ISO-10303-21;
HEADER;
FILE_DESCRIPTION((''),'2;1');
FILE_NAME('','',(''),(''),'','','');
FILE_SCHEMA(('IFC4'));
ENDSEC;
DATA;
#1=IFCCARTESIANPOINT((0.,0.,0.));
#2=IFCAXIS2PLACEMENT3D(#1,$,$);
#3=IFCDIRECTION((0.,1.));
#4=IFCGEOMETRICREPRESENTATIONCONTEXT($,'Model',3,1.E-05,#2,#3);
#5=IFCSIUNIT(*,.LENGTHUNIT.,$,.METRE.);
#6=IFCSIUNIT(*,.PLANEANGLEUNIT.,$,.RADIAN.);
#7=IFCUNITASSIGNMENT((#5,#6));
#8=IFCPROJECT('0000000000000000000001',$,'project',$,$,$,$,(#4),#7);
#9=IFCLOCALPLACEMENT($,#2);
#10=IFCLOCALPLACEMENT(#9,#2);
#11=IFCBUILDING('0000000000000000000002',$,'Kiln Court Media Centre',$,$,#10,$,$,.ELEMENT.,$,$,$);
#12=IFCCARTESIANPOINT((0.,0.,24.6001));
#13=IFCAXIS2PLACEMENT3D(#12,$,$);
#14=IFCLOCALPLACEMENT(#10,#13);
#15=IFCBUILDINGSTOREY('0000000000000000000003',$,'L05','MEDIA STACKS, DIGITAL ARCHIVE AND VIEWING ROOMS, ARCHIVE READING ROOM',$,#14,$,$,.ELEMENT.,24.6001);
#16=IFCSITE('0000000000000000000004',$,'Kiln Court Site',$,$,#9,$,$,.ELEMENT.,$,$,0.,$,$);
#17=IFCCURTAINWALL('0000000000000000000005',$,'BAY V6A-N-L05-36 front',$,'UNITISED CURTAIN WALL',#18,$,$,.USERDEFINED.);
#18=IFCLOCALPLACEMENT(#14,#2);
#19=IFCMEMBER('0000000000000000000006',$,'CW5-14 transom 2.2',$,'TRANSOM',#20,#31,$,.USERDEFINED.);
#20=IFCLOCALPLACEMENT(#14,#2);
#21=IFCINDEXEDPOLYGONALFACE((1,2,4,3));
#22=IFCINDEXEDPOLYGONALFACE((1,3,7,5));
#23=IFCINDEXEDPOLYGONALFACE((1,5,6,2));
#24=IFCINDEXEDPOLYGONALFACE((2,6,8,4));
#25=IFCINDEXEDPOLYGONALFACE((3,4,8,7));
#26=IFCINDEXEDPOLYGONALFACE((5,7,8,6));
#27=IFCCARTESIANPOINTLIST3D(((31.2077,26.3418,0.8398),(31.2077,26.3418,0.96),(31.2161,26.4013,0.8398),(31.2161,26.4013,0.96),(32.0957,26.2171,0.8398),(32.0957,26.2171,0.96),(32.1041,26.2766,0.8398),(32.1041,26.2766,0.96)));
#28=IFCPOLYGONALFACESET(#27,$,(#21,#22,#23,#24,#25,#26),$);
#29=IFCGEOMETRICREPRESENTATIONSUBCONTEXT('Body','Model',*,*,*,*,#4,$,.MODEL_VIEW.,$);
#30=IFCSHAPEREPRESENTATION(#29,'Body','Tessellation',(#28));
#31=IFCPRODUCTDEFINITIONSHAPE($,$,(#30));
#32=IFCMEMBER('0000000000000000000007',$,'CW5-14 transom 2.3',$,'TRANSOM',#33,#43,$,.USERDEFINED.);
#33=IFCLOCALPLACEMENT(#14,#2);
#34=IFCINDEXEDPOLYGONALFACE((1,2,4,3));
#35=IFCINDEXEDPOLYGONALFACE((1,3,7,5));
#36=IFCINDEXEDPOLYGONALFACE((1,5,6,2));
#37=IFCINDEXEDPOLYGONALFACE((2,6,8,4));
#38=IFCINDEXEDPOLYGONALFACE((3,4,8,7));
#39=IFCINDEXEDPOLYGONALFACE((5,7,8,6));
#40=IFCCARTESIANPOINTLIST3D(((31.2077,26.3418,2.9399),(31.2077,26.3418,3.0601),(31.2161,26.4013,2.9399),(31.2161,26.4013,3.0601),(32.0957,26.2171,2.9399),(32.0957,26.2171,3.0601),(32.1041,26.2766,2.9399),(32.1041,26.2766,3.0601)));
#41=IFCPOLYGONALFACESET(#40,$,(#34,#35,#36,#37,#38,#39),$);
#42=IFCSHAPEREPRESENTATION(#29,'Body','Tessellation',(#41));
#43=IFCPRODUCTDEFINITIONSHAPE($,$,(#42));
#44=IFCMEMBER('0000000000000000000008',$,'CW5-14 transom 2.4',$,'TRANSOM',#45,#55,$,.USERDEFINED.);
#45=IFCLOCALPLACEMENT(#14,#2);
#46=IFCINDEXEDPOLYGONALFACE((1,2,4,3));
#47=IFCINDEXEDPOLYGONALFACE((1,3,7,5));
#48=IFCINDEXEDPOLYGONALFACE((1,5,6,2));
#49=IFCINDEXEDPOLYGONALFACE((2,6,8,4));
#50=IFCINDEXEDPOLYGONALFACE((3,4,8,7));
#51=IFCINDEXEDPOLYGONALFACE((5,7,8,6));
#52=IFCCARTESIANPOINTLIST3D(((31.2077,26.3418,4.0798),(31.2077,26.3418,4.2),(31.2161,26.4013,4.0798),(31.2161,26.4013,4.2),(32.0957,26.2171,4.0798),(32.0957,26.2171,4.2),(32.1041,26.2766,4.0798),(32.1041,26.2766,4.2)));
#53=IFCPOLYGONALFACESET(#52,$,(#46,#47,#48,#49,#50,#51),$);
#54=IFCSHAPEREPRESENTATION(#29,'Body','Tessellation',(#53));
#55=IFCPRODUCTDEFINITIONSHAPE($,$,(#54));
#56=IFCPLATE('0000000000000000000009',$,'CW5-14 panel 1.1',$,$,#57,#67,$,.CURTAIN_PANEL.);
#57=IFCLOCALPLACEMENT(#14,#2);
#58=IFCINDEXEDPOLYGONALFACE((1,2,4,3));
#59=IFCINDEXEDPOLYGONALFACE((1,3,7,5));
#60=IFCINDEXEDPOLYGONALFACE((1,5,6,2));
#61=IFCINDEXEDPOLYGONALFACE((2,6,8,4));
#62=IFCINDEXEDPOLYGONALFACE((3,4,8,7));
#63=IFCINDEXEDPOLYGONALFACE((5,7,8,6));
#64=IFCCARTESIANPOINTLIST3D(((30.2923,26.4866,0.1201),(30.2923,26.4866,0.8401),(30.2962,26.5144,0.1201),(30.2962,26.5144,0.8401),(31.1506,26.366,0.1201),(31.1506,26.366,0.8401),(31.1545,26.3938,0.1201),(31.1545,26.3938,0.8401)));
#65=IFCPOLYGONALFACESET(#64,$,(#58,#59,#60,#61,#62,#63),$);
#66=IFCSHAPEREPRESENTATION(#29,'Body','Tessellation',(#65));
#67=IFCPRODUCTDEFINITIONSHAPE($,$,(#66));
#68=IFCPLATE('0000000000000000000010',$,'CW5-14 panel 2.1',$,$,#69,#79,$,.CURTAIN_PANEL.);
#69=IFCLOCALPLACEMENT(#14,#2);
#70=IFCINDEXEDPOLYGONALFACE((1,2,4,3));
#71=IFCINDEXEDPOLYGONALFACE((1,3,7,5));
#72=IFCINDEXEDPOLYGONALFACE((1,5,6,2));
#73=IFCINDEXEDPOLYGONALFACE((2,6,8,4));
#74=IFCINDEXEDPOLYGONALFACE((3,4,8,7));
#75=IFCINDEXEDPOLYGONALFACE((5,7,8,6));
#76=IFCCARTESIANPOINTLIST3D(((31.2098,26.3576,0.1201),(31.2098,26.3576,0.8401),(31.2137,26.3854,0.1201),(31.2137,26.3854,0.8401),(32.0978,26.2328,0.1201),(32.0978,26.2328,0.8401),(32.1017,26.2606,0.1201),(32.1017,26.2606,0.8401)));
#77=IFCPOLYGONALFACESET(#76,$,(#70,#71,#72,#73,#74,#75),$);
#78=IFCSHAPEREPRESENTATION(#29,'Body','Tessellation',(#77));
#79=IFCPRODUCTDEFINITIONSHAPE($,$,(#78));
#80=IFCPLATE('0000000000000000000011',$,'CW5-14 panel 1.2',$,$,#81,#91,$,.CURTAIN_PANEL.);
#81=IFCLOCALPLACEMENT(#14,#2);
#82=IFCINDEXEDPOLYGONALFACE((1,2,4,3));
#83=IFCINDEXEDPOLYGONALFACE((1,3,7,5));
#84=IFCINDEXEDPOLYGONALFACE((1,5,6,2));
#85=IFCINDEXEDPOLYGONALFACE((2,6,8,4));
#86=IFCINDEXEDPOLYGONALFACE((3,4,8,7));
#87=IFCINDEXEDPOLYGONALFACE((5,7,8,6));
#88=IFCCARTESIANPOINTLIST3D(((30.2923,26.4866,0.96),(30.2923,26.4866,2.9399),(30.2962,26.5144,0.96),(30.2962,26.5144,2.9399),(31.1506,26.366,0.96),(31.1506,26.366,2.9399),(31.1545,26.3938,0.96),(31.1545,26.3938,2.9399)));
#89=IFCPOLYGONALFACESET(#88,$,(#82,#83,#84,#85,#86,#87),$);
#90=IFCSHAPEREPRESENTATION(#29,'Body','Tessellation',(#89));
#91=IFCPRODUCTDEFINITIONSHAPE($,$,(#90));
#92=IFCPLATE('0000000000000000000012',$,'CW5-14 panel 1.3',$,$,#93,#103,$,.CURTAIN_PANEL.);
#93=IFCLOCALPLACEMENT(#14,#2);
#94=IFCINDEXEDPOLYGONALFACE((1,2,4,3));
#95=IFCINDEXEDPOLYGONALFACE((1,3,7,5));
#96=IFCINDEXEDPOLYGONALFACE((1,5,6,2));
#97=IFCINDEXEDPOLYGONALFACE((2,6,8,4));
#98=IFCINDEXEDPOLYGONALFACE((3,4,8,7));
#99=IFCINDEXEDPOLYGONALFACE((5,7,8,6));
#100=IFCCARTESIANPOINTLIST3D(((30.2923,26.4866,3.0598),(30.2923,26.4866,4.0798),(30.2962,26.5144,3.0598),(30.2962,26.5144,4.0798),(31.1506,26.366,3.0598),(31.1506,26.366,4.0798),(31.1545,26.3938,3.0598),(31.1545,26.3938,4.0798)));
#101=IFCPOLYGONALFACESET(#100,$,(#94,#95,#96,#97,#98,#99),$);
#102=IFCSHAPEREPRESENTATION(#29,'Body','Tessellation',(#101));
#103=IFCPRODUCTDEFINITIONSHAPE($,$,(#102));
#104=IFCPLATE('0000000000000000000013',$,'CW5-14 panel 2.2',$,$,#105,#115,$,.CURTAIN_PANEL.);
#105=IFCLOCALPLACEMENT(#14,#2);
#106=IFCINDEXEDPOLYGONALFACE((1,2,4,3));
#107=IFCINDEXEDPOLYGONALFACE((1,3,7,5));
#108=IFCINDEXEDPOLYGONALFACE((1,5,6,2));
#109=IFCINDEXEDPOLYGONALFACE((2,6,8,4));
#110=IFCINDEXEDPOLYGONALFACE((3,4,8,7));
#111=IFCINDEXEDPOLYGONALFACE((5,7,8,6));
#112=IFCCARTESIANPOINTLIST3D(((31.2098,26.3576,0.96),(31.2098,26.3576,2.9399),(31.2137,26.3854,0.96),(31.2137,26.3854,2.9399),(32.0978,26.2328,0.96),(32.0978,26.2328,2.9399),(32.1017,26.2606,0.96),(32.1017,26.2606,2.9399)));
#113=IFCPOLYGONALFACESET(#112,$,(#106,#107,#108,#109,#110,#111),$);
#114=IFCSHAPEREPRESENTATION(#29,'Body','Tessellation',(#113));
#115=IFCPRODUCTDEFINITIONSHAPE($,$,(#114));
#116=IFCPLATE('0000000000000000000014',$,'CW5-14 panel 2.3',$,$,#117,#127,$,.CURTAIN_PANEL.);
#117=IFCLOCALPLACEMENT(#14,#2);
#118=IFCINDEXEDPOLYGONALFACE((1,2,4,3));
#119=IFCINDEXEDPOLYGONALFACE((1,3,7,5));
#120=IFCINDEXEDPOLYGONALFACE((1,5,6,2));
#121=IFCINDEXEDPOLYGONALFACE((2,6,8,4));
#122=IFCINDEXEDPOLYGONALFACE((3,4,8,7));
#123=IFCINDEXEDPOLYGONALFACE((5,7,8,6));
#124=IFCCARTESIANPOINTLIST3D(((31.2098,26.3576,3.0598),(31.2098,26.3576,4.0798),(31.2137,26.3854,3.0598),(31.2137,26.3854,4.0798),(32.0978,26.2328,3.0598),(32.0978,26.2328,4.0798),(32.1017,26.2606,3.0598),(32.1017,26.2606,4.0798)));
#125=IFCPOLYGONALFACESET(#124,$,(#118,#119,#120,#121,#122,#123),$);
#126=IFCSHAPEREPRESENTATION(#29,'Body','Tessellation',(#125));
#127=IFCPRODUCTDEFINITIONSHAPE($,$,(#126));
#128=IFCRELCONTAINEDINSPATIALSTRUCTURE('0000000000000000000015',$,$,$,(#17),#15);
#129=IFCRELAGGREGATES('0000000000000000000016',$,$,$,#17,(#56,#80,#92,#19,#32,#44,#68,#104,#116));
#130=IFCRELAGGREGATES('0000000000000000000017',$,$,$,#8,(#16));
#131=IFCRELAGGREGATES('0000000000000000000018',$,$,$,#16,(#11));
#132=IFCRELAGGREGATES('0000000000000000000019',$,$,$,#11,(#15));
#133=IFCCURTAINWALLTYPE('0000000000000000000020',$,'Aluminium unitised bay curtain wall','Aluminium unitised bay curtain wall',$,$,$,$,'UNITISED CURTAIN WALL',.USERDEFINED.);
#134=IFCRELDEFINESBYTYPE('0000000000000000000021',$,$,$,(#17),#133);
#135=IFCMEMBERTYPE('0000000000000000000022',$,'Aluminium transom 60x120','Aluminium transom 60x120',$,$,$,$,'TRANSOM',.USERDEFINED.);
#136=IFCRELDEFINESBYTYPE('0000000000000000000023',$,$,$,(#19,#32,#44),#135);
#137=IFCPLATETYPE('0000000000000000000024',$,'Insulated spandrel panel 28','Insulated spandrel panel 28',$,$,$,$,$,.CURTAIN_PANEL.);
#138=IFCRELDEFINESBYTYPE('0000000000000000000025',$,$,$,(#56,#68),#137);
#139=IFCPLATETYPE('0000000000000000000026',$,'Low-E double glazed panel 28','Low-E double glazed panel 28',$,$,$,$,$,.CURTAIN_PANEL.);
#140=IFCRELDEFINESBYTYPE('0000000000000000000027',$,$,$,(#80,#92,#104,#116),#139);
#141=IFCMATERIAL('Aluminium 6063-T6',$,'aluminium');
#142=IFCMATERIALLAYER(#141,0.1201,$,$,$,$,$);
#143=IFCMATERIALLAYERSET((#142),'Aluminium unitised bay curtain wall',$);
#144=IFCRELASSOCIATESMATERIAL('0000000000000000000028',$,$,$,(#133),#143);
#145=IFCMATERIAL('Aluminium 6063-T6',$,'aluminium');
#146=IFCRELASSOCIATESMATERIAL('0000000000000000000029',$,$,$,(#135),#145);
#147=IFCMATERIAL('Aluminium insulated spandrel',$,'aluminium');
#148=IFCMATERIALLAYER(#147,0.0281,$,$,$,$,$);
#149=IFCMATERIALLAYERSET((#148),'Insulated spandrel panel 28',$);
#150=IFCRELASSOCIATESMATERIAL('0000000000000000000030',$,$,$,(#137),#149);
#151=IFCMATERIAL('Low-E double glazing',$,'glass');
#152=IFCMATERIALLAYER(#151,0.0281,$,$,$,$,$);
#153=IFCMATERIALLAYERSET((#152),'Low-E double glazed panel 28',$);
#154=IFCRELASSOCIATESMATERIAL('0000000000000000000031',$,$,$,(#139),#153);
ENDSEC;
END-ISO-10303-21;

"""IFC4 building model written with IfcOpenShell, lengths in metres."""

from ifc_helpers import new_model, si_unit, direction, frame, origin, origin_2d, place, context, subcontext, project, spatial, rectangle, extrude, material, layer, layer_set, material_profile, profile_set, type_object, element, aggregate, save


model = new_model("IFC4")

# Units and contexts
model_context = context("Model", 3, precision=1e-05, world=origin(), true_north=direction((0.0, 1.0)))
body_context = subcontext(model_context, "Body", "Model", "MODEL_VIEW")
ifc_project = project(units=[si_unit("LENGTHUNIT", "METRE"), si_unit("PLANEANGLEUNIT", "RADIAN")], contexts=[model_context])

# Site, building, storey
site_placement = place(None, origin())
site = spatial("IfcSite", under=ifc_project, at=site_placement, Name="Kiln Court Site", CompositionType="ELEMENT", RefElevation=0.0)
building_placement = place(site_placement, origin())
building = spatial("IfcBuilding", under=site, at=building_placement, Name="Kiln Court Media Centre", CompositionType="ELEMENT")
storey_placement = place(building_placement, frame((0.0, 0.0, 24.6001)))
storey = spatial("IfcBuildingStorey", under=building, at=storey_placement, Name="L05", Description="MEDIA STACKS, DIGITAL ARCHIVE AND VIEWING ROOMS, ARCHIVE READING ROOM", CompositionType="ELEMENT", Elevation=24.6001)

# Shared definitions
ifc_material_1 = material(Name="Aluminium 6063-T6", Category="aluminium")
ifc_layer_1 = layer(ifc_material_1, 0.1201)
ifc_layer_set_1 = layer_set([ifc_layer_1], Name="Aluminium unitised bay curtain wall")
curtain_wall_type = type_object("IfcCurtainWallType", Name="Aluminium unitised bay curtain wall", Description="Aluminium unitised bay curtain wall", ElementType="UNITISED CURTAIN WALL", PredefinedType="USERDEFINED", material=ifc_layer_set_1)

# Curtain wall
curtain_wall_1_placement = place(storey_placement, origin())
curtain_wall_1 = element("IfcCurtainWall", 1, at=curtain_wall_1_placement, inside=storey, type_object=curtain_wall_type, Name="BAY V6A-N-L05-36 front", ObjectType="UNITISED CURTAIN WALL", PredefinedType="USERDEFINED")

# Members
ifc_material_2 = material(Name="Aluminium 6063-T6", Category="aluminium")
ifc_material_profile_1 = material_profile(ifc_material_2, rectangle(XDim=0.0601, YDim=0.1201, at=origin_2d()), Name="Aluminium transom 60x120")
ifc_profile_set_1 = profile_set([ifc_material_profile_1], Name="Aluminium 6063-T6")
member_type_1 = type_object("IfcMemberType", Name="Aluminium transom 60x120", Description="Aluminium transom 60x120", ElementType="TRANSOM", PredefinedType="USERDEFINED", material=ifc_profile_set_1)
member_1_placement = place(storey_placement, frame((31.2119, 26.3716, 0.8999), z_axis=(0.990274, -0.139134, 0.0), x_axis=(0.139134, 0.990274, 0.0)))
member_1 = element("IfcMember", 2, at=member_1_placement, type_object=member_type_1, Name="CW5-14 transom 2.2", ObjectType="TRANSOM", PredefinedType="USERDEFINED", context=body_context, shape_type="SweptSolid", body=[
    extrude(rectangle(XDim=0.0601, YDim=0.1201, at=origin_2d()), origin(), (0.0, 0.0, 1.0), 0.8967),
])
member_2_placement = place(storey_placement, frame((31.2119, 26.3716, 3.0), z_axis=(0.990274, -0.139134, 0.0), x_axis=(0.139134, 0.990274, 0.0)))
member_2 = element("IfcMember", 3, at=member_2_placement, type_object=member_type_1, Name="CW5-14 transom 2.3", ObjectType="TRANSOM", PredefinedType="USERDEFINED", context=body_context, shape_type="SweptSolid", body=[
    extrude(rectangle(XDim=0.0601, YDim=0.1201, at=origin_2d()), origin(), (0.0, 0.0, 1.0), 0.8967),
])
member_3_placement = place(storey_placement, frame((31.2119, 26.3716, 4.1399), z_axis=(0.990274, -0.139134, 0.0), x_axis=(0.139134, 0.990274, 0.0)))
member_3 = element("IfcMember", 4, at=member_3_placement, type_object=member_type_1, Name="CW5-14 transom 2.4", ObjectType="TRANSOM", PredefinedType="USERDEFINED", context=body_context, shape_type="SweptSolid", body=[
    extrude(rectangle(XDim=0.0601, YDim=0.1201, at=origin_2d()), origin(), (0.0, 0.0, 1.0), 0.8967),
])

# Plates
ifc_material_3 = material(Name="Aluminium insulated spandrel", Category="aluminium")
ifc_layer_2 = layer(ifc_material_3, 0.0281)
ifc_layer_set_2 = layer_set([ifc_layer_2], Name="Insulated spandrel panel 28")
plate_type_1 = type_object("IfcPlateType", Name="Insulated spandrel panel 28", Description="Insulated spandrel panel 28", PredefinedType="CURTAIN_PANEL", material=ifc_layer_set_2)
plate_1_placement = place(storey_placement, frame((30.7234, 26.4402, 0.1201), z_axis=(0.0, 0.0, 1.0), x_axis=(0.99027, -0.139162, 0.0)))
plate_1 = element("IfcPlate", 5, at=plate_1_placement, type_object=plate_type_1, Name="CW5-14 panel 1.1", PredefinedType="CURTAIN_PANEL", context=body_context, shape_type="SweptSolid", body=[
    extrude(rectangle(XDim=0.8667, YDim=0.0281, at=origin_2d()), origin(), (0.0, 0.0, 1.0), 0.72),
])
plate_2_placement = place(storey_placement, frame((31.6558, 26.3091, 0.1201), z_axis=(0.0, 0.0, 1.0), x_axis=(0.99027, -0.139162, 0.0)))
plate_2 = element("IfcPlate", 6, at=plate_2_placement, type_object=plate_type_1, Name="CW5-14 panel 2.1", PredefinedType="CURTAIN_PANEL", context=body_context, shape_type="SweptSolid", body=[
    extrude(rectangle(XDim=0.8967, YDim=0.0281, at=origin_2d()), origin(), (0.0, 0.0, 1.0), 0.72),
])
ifc_material_4 = material(Name="Low-E double glazing", Category="glass")
ifc_layer_3 = layer(ifc_material_4, 0.0281)
ifc_layer_set_3 = layer_set([ifc_layer_3], Name="Low-E double glazed panel 28")
plate_type_2 = type_object("IfcPlateType", Name="Low-E double glazed panel 28", Description="Low-E double glazed panel 28", PredefinedType="CURTAIN_PANEL", material=ifc_layer_set_3)
plate_3_placement = place(storey_placement, frame((30.7234, 26.4402, 0.96), z_axis=(0.0, 0.0, 1.0), x_axis=(0.99027, -0.139162, 0.0)))
plate_3 = element("IfcPlate", 7, at=plate_3_placement, type_object=plate_type_2, Name="CW5-14 panel 1.2", PredefinedType="CURTAIN_PANEL", context=body_context, shape_type="SweptSolid", body=[
    extrude(rectangle(XDim=0.8667, YDim=0.0281, at=origin_2d()), origin(), (0.0, 0.0, 1.0), 1.98),
])
plate_4_placement = place(storey_placement, frame((30.7234, 26.4402, 3.0598), z_axis=(0.0, 0.0, 1.0), x_axis=(0.99027, -0.139162, 0.0)))
plate_4 = element("IfcPlate", 8, at=plate_4_placement, type_object=plate_type_2, Name="CW5-14 panel 1.3", PredefinedType="CURTAIN_PANEL", context=body_context, shape_type="SweptSolid", body=[
    extrude(rectangle(XDim=0.8667, YDim=0.0281, at=origin_2d()), origin(), (0.0, 0.0, 1.0), 1.02),
])
plate_5_placement = place(storey_placement, frame((31.6558, 26.3091, 0.96), z_axis=(0.0, 0.0, 1.0), x_axis=(0.99027, -0.139162, 0.0)))
plate_5 = element("IfcPlate", 9, at=plate_5_placement, type_object=plate_type_2, Name="CW5-14 panel 2.2", PredefinedType="CURTAIN_PANEL", context=body_context, shape_type="SweptSolid", body=[
    extrude(rectangle(XDim=0.8967, YDim=0.0281, at=origin_2d()), origin(), (0.0, 0.0, 1.0), 1.98),
])
plate_6_placement = place(storey_placement, frame((31.6558, 26.3091, 3.0598), z_axis=(0.0, 0.0, 1.0), x_axis=(0.99027, -0.139162, 0.0)))
plate_6 = element("IfcPlate", 10, at=plate_6_placement, type_object=plate_type_2, Name="CW5-14 panel 2.3", PredefinedType="CURTAIN_PANEL", context=body_context, shape_type="SweptSolid", body=[
    extrude(rectangle(XDim=0.8967, YDim=0.0281, at=origin_2d()), origin(), (0.0, 0.0, 1.0), 1.02),
])
aggregate(curtain_wall_1, [plate_1, plate_3, plate_4, member_1, member_2, member_3, plate_2, plate_5, plate_6])

save(model, "model.ifc")
